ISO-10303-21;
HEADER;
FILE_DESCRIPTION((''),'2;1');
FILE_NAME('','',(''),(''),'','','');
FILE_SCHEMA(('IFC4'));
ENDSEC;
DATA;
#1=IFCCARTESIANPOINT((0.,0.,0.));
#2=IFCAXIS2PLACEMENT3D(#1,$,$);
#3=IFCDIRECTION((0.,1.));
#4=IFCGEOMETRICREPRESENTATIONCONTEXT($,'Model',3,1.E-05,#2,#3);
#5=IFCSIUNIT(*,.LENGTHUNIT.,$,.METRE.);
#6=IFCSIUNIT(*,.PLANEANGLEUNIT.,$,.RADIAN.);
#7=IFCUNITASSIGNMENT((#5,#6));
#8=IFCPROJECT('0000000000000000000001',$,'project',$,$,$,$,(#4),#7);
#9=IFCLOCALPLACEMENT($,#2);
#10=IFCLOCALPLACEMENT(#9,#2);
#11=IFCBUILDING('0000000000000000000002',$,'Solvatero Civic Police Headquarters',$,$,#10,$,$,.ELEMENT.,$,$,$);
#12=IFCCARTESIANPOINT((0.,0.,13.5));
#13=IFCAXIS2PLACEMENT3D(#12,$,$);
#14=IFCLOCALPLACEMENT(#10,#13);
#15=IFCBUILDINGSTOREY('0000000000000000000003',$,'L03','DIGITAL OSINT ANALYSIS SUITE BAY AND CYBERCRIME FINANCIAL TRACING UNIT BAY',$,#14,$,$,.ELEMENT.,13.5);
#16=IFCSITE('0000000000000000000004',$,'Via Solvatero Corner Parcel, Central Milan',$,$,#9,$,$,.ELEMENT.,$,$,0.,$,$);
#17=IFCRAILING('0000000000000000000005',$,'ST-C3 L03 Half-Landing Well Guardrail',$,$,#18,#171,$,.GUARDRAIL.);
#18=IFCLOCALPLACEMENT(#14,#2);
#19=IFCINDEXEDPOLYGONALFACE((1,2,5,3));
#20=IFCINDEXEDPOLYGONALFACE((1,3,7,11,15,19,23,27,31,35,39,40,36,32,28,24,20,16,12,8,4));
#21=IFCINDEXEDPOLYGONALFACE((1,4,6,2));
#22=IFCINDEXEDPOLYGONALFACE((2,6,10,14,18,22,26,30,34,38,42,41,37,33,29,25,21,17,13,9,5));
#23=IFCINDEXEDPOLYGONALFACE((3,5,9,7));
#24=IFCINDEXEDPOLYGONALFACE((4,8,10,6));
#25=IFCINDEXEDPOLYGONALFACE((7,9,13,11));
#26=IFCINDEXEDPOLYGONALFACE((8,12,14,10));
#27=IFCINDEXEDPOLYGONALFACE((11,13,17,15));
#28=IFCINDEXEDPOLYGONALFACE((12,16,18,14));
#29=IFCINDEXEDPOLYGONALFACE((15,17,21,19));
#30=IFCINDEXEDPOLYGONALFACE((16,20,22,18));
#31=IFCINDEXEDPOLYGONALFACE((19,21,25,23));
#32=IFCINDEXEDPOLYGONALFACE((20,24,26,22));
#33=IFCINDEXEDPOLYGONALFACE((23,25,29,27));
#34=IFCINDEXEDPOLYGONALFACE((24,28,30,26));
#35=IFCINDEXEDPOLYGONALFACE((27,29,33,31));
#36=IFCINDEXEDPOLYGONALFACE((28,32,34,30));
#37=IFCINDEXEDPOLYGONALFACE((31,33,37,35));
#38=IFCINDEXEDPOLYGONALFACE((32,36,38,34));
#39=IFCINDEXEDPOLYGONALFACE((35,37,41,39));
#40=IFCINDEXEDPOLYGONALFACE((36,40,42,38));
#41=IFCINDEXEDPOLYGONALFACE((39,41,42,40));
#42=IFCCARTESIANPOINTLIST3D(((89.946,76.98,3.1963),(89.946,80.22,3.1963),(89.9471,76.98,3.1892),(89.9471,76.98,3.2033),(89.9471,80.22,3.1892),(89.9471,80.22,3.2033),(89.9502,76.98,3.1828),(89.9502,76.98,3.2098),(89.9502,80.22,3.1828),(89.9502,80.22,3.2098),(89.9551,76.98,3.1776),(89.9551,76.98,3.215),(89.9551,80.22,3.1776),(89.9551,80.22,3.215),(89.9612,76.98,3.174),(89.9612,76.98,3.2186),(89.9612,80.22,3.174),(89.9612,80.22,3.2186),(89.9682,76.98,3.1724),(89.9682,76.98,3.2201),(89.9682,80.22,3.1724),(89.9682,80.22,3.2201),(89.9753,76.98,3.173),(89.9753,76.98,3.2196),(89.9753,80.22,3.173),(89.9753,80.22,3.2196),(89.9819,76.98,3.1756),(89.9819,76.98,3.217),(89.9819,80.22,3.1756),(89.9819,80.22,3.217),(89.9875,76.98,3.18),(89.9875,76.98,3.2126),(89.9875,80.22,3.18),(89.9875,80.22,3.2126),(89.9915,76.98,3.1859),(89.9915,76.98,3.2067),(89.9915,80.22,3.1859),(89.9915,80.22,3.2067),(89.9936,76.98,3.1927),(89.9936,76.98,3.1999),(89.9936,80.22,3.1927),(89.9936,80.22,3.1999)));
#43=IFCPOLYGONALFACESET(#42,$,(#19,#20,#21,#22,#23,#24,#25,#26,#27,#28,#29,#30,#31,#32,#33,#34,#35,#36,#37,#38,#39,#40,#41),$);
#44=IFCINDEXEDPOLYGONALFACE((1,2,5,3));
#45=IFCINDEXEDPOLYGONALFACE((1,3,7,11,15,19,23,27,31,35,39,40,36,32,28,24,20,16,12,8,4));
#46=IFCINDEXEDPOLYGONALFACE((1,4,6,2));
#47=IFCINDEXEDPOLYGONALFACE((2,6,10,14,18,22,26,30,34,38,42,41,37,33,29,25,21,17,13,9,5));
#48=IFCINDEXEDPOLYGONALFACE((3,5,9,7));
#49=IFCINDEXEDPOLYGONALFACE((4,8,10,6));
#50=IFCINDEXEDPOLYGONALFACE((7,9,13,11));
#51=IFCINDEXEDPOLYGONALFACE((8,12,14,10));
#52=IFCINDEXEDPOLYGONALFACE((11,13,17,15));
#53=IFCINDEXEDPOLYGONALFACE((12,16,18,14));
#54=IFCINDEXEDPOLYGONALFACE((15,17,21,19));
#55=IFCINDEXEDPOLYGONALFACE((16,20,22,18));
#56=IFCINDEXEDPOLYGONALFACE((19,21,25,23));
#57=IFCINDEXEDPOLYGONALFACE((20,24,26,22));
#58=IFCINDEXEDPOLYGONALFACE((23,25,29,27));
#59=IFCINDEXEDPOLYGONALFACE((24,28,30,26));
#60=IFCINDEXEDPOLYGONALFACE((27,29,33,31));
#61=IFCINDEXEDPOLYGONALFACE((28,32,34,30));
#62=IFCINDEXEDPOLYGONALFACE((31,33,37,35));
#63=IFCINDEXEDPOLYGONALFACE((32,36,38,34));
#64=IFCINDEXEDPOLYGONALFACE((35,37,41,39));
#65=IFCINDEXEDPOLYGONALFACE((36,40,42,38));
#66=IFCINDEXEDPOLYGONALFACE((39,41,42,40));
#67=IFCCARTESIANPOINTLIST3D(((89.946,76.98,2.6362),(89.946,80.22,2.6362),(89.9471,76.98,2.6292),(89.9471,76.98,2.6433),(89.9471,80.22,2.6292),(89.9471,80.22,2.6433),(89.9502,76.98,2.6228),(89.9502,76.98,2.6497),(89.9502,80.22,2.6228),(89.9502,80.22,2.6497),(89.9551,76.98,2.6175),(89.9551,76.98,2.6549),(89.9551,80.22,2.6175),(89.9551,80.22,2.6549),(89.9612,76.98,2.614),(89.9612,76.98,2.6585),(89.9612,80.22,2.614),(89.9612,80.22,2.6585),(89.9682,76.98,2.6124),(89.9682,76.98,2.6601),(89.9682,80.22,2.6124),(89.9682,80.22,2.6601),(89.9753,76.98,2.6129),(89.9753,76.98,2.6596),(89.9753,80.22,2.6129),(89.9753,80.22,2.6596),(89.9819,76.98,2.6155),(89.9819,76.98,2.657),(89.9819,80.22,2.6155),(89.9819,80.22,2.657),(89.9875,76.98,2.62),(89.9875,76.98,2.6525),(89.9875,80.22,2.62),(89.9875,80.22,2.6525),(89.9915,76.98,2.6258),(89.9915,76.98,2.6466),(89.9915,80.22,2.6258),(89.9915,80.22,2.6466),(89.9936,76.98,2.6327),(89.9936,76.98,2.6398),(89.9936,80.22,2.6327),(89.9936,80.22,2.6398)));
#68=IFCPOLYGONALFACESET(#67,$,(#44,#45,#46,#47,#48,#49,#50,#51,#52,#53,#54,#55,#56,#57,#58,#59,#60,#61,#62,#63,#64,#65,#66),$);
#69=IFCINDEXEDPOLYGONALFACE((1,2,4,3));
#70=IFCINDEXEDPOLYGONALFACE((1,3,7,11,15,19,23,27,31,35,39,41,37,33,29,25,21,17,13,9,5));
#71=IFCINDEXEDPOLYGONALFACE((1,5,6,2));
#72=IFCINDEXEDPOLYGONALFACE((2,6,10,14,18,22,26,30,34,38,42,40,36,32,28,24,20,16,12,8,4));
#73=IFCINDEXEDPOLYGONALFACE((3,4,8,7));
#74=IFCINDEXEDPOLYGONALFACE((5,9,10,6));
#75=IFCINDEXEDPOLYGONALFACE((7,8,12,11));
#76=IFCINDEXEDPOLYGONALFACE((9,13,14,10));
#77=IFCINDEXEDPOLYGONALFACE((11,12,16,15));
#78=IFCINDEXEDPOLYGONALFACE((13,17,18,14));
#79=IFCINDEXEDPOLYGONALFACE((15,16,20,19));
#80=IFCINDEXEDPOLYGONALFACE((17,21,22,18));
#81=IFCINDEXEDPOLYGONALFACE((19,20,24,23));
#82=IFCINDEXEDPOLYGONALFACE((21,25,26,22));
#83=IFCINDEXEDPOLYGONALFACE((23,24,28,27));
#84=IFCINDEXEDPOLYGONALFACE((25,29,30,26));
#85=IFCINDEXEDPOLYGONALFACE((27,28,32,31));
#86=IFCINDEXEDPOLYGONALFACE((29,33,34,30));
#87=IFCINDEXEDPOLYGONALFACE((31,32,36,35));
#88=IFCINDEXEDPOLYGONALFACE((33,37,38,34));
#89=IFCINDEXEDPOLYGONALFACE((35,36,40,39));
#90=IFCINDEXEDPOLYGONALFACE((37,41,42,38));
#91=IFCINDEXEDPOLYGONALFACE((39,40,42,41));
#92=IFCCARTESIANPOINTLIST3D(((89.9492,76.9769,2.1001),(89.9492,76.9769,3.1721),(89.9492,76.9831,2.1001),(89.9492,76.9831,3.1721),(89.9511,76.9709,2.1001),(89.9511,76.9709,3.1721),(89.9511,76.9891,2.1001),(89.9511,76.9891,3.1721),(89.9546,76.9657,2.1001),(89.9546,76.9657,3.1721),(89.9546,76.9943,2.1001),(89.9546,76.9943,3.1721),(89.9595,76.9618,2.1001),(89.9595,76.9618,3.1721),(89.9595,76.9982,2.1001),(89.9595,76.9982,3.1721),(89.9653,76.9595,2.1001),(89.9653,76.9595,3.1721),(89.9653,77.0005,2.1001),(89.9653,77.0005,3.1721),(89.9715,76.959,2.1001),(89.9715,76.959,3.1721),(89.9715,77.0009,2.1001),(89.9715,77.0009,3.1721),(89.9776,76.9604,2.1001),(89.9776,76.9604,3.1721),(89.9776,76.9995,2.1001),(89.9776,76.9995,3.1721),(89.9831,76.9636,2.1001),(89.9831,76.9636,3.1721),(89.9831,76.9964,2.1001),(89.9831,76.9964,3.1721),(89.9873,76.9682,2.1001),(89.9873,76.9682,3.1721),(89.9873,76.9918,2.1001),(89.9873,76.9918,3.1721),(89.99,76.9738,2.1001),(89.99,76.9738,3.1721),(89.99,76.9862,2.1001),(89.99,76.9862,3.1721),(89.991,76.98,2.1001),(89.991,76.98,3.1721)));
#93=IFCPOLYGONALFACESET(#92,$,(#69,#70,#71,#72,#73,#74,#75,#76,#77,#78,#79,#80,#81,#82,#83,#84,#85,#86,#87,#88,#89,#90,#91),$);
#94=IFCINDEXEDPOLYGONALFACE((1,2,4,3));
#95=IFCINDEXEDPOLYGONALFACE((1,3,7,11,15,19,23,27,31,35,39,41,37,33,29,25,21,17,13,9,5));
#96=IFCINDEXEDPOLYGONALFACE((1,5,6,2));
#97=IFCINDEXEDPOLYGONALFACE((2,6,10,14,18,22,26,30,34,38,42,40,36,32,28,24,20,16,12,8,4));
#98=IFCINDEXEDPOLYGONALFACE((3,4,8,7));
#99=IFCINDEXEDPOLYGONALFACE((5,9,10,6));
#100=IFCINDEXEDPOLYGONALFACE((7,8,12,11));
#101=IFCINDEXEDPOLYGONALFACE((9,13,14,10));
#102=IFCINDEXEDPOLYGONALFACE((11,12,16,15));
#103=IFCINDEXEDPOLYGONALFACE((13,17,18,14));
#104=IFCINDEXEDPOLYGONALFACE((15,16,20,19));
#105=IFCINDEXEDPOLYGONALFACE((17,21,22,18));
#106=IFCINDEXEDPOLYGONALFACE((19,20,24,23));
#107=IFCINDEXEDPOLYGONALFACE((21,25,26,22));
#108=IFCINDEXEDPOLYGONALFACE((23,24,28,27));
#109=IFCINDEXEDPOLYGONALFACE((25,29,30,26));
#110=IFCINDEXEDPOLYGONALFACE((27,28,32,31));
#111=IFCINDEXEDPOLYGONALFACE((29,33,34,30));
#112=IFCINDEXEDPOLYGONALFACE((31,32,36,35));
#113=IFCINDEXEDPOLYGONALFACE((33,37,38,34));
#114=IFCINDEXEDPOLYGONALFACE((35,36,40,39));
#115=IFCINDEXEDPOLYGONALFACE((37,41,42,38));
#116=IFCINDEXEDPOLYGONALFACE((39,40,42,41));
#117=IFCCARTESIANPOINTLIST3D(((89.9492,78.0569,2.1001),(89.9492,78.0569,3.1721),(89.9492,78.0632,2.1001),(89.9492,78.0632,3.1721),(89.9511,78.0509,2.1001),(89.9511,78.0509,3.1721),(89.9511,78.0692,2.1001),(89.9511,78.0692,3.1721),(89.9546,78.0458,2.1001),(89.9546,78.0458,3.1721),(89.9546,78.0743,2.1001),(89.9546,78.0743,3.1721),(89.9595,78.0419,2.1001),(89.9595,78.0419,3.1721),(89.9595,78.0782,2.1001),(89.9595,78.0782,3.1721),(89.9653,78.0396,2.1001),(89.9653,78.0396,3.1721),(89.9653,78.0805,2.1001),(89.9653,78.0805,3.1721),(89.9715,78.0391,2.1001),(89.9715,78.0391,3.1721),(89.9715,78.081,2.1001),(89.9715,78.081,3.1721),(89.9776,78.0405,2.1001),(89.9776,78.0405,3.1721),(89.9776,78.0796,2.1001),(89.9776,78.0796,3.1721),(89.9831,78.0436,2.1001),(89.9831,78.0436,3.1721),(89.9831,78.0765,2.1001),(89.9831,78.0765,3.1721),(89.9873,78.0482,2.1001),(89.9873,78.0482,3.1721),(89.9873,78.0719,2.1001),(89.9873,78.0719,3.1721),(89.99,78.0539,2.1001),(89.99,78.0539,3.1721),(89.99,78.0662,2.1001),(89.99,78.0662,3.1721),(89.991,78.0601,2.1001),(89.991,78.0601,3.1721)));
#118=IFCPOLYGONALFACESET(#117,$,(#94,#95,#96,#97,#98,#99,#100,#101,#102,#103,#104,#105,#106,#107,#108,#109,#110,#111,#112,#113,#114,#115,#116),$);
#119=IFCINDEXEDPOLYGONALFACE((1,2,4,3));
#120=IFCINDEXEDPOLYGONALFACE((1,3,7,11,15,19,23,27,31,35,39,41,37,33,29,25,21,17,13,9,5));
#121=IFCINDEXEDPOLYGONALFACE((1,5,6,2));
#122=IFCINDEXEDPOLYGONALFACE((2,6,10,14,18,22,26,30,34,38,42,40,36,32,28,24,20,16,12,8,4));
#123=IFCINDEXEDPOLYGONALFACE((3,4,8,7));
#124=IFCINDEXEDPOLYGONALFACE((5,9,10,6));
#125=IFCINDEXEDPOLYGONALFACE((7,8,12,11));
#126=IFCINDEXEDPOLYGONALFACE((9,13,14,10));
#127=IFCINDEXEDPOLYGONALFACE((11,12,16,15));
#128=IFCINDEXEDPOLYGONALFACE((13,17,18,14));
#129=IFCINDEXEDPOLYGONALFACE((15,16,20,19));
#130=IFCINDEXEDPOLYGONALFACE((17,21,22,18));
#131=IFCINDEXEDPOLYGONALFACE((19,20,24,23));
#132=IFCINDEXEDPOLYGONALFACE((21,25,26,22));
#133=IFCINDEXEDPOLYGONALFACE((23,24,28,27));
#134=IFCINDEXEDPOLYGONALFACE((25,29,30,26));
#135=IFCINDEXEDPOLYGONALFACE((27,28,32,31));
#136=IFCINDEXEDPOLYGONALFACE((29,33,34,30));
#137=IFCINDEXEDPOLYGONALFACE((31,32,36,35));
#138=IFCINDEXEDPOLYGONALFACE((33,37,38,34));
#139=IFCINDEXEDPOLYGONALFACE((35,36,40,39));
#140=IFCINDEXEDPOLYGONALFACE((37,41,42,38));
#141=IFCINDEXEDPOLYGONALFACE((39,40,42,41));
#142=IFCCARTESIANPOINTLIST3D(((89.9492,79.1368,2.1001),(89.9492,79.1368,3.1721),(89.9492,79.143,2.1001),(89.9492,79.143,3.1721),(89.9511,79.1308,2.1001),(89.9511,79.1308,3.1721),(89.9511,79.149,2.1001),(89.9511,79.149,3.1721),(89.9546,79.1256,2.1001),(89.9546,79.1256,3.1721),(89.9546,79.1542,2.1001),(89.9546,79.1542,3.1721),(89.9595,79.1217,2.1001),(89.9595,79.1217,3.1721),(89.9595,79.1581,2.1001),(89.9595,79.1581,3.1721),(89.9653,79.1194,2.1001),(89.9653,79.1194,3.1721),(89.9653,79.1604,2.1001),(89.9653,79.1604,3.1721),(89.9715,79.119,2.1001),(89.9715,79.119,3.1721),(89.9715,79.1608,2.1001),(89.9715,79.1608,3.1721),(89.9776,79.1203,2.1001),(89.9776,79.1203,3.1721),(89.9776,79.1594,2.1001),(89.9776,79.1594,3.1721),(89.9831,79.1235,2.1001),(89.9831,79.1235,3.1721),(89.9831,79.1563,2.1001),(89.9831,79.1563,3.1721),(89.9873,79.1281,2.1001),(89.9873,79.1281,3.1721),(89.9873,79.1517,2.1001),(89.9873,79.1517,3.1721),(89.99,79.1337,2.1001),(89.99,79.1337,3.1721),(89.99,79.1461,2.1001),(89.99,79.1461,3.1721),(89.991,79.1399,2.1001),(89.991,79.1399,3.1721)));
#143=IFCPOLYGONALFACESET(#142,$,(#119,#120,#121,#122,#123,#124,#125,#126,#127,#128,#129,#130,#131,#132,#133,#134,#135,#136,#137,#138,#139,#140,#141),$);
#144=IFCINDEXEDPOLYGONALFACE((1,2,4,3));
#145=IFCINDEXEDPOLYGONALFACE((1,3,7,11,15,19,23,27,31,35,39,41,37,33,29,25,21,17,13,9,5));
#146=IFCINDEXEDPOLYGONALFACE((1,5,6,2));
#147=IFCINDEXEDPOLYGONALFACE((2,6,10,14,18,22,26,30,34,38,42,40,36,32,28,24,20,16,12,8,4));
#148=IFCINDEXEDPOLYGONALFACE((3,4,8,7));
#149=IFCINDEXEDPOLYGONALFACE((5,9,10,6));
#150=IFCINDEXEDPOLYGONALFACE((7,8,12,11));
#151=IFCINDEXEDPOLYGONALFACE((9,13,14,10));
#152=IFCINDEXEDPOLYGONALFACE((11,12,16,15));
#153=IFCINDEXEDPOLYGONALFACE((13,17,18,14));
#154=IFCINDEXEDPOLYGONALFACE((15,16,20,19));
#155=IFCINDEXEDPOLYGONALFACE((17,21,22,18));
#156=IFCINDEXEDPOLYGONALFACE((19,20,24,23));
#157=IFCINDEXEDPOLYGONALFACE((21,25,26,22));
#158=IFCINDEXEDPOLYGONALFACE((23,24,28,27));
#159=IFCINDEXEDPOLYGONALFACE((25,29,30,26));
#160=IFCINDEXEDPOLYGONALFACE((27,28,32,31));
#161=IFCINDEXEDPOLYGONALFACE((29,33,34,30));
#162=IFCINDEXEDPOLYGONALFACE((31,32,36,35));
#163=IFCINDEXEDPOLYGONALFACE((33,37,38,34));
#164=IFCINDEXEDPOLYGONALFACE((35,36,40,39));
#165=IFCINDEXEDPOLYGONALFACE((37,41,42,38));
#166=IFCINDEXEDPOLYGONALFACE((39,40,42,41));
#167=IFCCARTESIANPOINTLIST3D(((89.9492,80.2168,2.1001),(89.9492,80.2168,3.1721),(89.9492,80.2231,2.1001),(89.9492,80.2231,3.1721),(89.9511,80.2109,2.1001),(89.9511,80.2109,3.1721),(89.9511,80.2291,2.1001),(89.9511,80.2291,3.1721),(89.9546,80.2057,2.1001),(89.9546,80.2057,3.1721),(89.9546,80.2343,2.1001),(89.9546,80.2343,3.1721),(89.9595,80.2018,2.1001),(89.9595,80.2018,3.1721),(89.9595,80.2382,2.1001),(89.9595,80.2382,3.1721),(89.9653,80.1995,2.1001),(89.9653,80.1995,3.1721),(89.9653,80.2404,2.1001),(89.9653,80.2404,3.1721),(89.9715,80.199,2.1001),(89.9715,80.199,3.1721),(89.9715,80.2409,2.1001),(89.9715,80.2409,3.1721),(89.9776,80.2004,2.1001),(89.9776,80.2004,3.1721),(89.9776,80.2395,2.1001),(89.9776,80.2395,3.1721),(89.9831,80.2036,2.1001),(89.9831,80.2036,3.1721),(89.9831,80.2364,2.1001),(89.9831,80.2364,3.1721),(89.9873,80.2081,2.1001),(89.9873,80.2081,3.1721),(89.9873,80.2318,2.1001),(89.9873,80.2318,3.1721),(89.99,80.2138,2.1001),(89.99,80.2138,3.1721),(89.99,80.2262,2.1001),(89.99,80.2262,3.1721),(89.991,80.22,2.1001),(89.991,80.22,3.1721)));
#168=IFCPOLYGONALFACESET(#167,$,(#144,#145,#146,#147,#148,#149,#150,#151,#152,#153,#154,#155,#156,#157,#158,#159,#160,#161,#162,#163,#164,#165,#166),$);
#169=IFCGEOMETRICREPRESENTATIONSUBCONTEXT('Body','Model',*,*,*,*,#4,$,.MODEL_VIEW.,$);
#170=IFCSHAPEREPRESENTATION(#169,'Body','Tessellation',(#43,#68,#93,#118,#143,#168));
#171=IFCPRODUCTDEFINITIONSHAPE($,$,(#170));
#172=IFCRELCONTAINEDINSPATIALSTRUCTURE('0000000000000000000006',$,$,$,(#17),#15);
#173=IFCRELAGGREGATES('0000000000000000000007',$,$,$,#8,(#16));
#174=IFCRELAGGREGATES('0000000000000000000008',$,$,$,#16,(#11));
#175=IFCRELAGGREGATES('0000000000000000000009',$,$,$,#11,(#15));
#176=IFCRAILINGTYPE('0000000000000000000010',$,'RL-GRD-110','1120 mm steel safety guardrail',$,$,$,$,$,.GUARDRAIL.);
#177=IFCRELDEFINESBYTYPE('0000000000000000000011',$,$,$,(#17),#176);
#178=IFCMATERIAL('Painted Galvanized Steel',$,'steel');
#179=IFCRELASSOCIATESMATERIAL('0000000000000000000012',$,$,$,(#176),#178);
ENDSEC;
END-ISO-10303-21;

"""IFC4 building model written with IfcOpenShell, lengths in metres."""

from ifc_helpers import new_model, si_unit, direction, frame, origin, origin_2d, place, context, subcontext, project, spatial, circle, extrude, material, type_object, element, save


model = new_model("IFC4")

# Units and contexts
model_context = context("Model", 3, precision=1e-05, world=origin(), true_north=direction((0.0, 1.0)))
body_context = subcontext(model_context, "Body", "Model", "MODEL_VIEW")
ifc_project = project(units=[si_unit("LENGTHUNIT", "METRE"), si_unit("PLANEANGLEUNIT", "RADIAN")], contexts=[model_context])

# Site, building, storey
site_placement = place(None, origin())
site = spatial("IfcSite", under=ifc_project, at=site_placement, Name="Via Solvatero Corner Parcel, Central Milan", CompositionType="ELEMENT", RefElevation=0.0)
building_placement = place(site_placement, origin())
building = spatial("IfcBuilding", under=site, at=building_placement, Name="Solvatero Civic Police Headquarters", CompositionType="ELEMENT")
storey_placement = place(building_placement, frame((0.0, 0.0, 13.5)))
storey = spatial("IfcBuildingStorey", under=building, at=storey_placement, Name="L03", Description="DIGITAL OSINT ANALYSIS SUITE BAY AND CYBERCRIME FINANCIAL TRACING UNIT BAY", CompositionType="ELEMENT", Elevation=13.5)

# Railing
ifc_material_1 = material(Name="Painted Galvanized Steel", Category="steel")
railing_type_1 = type_object("IfcRailingType", Name="RL-GRD-110", Description="1120 mm steel safety guardrail", PredefinedType="GUARDRAIL", material=ifc_material_1)
railing_1_placement = place(storey_placement, frame((89.97, 76.98, 2.1001)))
element("IfcRailing", 1, at=railing_1_placement, inside=storey, type_object=railing_type_1, Name="ST-C3 L03 Half-Landing Well Guardrail", PredefinedType="GUARDRAIL", context=body_context, shape_type="SweptSolid", body=[
    extrude(circle(Radius=0.0239, at=origin_2d()), frame((0.0, 0.0, 1.0962), z_axis=(0.0, 1.0, 0.0), x_axis=(-1.0, 0.0, 0.0)), (0.0, 0.0, 1.0), 3.24),
    extrude(circle(Radius=0.0239, at=origin_2d()), frame((0.0, 0.0, 0.5361), z_axis=(0.0, 1.0, 0.0), x_axis=(-1.0, 0.0, 0.0)), (0.0, 0.0, 1.0), 3.24),
    extrude(circle(Radius=0.021, at=origin_2d()), origin(), (0.0, 0.0, 1.0), 1.072),
    extrude(circle(Radius=0.021, at=origin_2d()), frame((0.0, 1.0801, 0.0)), (0.0, 0.0, 1.0), 1.072),
    extrude(circle(Radius=0.021, at=origin_2d()), frame((0.0, 2.1599, 0.0)), (0.0, 0.0, 1.0), 1.072),
    extrude(circle(Radius=0.021, at=origin_2d()), frame((0.0, 3.24, 0.0)), (0.0, 0.0, 1.0), 1.072),
])

save(model, "model.ifc")
